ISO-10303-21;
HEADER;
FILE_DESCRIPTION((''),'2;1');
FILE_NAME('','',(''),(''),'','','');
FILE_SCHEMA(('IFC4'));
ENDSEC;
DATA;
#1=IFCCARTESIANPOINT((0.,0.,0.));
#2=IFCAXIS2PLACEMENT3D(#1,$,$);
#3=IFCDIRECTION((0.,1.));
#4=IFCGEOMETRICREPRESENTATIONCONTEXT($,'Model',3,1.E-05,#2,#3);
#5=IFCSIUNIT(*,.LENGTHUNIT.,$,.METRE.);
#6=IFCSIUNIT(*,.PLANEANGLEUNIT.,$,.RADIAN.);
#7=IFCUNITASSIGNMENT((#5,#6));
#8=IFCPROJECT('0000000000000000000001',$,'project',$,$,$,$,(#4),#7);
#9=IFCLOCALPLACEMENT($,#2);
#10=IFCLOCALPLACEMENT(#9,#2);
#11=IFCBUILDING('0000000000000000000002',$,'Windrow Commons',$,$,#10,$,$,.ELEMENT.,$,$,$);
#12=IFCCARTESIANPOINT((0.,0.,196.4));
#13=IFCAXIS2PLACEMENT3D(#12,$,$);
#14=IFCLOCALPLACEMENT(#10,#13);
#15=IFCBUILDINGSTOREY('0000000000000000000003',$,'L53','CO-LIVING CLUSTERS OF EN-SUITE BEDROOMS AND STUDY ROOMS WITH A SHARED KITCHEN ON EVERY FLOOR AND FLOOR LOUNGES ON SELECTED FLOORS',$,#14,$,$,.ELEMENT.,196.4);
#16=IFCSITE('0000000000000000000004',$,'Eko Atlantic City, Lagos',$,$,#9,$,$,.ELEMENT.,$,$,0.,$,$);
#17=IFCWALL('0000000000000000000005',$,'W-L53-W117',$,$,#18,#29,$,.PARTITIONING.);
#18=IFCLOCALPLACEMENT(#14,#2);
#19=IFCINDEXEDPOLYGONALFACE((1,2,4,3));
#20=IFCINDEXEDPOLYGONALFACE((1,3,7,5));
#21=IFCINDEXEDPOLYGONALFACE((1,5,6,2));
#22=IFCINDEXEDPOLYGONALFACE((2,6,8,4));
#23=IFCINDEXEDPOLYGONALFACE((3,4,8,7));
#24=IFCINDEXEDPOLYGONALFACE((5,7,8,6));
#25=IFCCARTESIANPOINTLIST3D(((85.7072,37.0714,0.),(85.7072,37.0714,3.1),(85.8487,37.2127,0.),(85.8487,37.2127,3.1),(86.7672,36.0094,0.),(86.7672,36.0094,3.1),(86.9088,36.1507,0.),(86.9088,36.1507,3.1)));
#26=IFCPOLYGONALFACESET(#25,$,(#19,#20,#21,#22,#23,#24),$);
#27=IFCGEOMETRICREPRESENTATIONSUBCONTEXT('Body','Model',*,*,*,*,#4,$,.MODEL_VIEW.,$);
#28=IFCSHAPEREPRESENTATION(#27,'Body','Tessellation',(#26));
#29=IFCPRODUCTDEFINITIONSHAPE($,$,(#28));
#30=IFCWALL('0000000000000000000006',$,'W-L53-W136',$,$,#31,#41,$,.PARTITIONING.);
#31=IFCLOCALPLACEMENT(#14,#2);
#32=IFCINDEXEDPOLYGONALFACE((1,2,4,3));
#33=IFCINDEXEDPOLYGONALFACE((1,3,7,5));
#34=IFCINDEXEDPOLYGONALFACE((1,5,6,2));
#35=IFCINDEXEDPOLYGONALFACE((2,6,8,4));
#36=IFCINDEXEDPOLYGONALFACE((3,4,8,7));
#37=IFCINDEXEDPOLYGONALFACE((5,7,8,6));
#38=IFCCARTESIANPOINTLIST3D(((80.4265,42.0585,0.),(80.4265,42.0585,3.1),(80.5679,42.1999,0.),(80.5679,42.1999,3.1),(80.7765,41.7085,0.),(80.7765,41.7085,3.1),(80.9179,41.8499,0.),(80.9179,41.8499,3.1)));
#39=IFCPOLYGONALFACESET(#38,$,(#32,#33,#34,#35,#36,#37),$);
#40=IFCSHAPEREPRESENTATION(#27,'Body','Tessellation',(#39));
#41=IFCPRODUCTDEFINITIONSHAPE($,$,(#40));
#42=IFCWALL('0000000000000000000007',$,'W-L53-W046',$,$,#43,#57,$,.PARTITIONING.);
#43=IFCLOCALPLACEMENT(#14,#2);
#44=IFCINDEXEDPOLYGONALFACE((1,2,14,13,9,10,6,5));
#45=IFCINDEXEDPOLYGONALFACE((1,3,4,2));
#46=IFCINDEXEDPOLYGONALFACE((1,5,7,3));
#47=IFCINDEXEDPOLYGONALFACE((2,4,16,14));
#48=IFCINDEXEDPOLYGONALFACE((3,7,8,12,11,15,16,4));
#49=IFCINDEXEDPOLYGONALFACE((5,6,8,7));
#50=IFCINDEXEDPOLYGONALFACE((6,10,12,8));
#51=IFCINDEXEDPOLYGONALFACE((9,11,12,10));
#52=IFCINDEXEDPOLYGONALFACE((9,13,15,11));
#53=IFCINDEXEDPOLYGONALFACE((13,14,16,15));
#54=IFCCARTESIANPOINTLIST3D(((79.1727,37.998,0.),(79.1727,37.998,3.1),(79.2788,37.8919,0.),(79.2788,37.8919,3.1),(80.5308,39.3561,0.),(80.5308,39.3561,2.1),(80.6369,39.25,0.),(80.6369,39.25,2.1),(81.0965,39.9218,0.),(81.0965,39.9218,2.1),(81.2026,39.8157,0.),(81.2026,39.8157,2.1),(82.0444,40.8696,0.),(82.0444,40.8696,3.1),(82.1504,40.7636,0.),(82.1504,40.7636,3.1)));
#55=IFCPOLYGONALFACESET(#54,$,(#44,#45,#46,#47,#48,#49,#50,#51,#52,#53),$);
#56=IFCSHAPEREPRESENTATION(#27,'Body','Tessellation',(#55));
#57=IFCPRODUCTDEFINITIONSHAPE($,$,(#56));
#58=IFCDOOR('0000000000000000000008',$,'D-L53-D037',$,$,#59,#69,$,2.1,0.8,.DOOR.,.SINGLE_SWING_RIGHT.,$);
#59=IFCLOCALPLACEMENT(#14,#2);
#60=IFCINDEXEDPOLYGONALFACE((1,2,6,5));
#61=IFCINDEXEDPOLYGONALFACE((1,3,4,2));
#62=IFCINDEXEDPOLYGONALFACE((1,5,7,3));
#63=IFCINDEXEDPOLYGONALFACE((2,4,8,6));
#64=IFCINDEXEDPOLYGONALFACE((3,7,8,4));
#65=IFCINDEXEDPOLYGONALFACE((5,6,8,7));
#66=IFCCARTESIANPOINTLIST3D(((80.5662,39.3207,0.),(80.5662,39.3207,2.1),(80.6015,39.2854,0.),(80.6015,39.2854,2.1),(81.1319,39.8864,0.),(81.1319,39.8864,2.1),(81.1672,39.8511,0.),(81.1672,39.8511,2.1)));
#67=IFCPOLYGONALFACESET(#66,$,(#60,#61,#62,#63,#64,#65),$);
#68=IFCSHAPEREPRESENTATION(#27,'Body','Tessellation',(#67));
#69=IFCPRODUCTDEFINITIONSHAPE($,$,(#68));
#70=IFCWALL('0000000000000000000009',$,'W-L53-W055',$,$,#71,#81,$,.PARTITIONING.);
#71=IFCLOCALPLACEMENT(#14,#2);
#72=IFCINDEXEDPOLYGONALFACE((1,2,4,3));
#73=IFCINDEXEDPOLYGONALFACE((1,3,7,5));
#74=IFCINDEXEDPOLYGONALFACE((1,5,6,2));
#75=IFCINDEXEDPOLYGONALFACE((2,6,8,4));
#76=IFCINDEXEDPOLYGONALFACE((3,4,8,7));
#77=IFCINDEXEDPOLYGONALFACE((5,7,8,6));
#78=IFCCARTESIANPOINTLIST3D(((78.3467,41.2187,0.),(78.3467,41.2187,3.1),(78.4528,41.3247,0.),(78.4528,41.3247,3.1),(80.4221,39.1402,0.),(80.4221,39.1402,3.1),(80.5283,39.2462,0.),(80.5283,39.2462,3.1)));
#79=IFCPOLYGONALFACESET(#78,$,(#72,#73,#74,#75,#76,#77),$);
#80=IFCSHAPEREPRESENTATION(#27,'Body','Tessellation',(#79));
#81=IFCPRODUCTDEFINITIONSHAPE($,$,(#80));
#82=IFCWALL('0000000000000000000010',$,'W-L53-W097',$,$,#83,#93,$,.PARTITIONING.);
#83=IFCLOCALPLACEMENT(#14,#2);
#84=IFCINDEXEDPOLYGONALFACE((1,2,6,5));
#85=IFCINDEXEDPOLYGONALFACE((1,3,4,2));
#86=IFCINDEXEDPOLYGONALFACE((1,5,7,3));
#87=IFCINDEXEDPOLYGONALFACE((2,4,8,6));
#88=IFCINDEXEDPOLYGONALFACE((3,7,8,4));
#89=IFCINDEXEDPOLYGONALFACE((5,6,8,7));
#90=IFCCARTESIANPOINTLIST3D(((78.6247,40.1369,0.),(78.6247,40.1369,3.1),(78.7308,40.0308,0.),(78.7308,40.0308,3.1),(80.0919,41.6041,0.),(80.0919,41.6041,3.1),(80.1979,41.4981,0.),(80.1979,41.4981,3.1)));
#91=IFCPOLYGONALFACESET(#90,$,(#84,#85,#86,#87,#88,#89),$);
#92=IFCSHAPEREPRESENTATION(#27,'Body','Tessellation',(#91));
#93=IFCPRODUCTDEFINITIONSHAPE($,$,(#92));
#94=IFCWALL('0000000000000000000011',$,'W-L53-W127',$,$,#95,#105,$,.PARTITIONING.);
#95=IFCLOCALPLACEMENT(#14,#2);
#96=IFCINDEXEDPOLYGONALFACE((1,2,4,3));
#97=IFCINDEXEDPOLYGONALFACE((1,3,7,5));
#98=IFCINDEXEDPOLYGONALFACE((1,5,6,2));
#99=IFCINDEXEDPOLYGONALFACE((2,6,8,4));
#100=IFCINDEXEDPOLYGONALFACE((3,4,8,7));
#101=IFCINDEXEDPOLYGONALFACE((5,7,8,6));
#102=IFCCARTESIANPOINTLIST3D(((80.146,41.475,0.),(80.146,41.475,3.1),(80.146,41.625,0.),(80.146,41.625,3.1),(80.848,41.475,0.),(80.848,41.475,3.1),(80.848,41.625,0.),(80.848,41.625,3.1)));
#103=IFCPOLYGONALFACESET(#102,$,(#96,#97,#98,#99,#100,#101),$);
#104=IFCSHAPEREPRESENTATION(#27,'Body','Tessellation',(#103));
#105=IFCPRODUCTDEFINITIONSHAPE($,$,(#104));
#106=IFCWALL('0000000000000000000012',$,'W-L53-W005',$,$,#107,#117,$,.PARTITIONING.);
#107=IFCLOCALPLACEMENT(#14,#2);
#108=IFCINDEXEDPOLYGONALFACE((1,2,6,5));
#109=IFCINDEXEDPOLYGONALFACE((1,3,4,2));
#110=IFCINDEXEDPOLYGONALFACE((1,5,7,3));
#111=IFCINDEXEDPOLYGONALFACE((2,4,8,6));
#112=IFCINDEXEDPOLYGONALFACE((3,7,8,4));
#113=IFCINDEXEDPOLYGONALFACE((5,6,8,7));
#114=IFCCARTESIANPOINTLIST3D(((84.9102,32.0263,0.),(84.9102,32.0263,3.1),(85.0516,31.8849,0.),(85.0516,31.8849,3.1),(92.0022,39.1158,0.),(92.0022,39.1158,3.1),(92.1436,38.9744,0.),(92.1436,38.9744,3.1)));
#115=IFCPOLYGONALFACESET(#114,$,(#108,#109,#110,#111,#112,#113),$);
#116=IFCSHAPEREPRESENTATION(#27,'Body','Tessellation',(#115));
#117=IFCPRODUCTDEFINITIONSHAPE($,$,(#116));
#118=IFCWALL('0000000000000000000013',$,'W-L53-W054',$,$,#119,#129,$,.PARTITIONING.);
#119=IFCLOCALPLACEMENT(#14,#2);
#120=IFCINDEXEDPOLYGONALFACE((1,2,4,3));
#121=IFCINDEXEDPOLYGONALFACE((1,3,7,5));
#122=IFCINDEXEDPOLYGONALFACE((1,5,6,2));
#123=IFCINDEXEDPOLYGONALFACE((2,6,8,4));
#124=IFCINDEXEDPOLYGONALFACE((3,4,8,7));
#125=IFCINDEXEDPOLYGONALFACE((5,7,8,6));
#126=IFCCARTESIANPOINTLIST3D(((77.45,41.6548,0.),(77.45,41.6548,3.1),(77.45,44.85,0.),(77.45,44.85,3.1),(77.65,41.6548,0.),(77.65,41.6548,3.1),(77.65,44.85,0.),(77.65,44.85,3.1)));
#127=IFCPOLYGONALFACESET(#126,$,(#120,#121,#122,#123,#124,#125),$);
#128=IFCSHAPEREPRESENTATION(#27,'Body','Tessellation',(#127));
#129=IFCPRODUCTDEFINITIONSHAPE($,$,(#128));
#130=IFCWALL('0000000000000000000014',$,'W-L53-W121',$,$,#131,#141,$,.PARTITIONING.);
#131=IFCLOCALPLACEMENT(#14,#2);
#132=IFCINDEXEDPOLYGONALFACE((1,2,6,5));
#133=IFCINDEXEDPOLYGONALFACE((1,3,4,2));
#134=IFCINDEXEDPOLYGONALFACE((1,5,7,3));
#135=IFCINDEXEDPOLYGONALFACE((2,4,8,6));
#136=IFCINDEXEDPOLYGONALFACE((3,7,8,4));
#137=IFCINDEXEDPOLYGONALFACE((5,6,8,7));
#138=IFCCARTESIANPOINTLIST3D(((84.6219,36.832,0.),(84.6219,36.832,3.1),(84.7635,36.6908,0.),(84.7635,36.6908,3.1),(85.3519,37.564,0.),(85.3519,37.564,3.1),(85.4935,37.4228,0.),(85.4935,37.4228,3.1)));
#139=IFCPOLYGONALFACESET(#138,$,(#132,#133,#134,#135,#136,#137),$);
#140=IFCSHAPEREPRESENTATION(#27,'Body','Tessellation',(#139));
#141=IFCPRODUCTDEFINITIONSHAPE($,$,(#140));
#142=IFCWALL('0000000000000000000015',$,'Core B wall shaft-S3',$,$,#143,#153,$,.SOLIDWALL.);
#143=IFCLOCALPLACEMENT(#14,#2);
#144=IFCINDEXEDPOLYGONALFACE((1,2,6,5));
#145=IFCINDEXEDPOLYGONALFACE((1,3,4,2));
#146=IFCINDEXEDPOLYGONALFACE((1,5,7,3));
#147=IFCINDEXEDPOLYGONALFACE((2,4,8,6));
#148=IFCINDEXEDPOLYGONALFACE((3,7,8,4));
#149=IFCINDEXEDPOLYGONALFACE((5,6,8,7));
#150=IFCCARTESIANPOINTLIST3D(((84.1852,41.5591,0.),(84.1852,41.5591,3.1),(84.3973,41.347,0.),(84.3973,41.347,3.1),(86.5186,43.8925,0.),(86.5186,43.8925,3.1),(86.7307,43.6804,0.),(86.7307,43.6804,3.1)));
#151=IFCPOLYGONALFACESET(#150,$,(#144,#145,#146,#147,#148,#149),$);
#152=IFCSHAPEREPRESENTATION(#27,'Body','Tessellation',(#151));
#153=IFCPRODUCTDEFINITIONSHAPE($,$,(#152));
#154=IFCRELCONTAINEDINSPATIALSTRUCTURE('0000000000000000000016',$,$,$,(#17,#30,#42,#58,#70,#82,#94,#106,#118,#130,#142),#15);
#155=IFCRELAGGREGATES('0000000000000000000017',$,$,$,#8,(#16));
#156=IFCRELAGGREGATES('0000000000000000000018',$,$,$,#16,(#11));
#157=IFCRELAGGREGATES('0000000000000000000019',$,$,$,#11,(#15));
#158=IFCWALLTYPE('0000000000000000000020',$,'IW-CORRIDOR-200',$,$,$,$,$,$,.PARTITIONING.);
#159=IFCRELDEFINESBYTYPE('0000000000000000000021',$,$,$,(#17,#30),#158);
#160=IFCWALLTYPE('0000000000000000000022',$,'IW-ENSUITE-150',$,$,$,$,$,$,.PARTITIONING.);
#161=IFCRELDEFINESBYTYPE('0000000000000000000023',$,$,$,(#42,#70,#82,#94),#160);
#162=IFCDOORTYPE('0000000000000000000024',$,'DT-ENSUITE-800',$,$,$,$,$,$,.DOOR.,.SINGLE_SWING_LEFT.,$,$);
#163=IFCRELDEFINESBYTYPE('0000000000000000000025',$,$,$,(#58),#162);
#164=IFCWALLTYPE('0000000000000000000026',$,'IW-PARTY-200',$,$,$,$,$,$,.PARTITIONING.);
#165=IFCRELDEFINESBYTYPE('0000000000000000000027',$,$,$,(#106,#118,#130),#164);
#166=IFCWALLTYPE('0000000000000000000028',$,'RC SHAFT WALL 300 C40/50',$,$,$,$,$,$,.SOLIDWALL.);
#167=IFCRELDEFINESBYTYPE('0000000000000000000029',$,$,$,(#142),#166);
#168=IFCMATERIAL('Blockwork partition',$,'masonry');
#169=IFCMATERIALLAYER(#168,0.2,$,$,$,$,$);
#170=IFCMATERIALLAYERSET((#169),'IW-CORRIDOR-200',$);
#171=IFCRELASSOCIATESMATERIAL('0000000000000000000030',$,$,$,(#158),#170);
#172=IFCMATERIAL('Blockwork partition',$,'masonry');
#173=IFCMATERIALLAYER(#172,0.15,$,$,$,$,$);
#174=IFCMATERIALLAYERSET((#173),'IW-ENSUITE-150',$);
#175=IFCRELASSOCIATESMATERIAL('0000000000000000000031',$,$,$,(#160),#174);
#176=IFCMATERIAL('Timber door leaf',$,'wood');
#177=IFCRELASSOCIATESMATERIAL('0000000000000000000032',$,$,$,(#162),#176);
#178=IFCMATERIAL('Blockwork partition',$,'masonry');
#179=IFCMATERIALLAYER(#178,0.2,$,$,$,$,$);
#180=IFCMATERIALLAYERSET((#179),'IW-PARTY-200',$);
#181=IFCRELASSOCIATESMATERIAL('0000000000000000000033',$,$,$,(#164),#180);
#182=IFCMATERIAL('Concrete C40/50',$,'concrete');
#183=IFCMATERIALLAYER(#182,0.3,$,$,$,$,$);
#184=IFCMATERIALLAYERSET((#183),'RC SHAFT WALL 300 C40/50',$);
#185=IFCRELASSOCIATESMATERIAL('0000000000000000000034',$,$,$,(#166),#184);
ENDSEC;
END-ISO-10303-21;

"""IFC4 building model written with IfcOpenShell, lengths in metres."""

from ifc_helpers import new_model, si_unit, direction, frame, frame_2d, origin, place, context, subcontext, project, spatial, rectangle, extrude, material, layer, layer_set, type_object, element, fill, save


model = new_model("IFC4")

# Units and contexts
model_context = context("Model", 3, precision=1e-05, world=origin(), true_north=direction((0.0, 1.0)))
body_context = subcontext(model_context, "Body", "Model", "MODEL_VIEW")
ifc_project = project(units=[si_unit("LENGTHUNIT", "METRE"), si_unit("PLANEANGLEUNIT", "RADIAN")], contexts=[model_context])

# Site, building, storey
site_placement = place(None, origin())
site = spatial("IfcSite", under=ifc_project, at=site_placement, Name="Eko Atlantic City, Lagos", CompositionType="ELEMENT", RefElevation=0.0)
building_placement = place(site_placement, origin())
building = spatial("IfcBuilding", under=site, at=building_placement, Name="Windrow Commons", CompositionType="ELEMENT")
storey_placement = place(building_placement, frame((0.0, 0.0, 196.4)))
storey = spatial("IfcBuildingStorey", under=building, at=storey_placement, Name="L53", Description="CO-LIVING CLUSTERS OF EN-SUITE BEDROOMS AND STUDY ROOMS WITH A SHARED KITCHEN ON EVERY FLOOR AND FLOOR LOUNGES ON SELECTED FLOORS", CompositionType="ELEMENT", Elevation=196.4)

# Shared definitions
ifc_material_1 = material(Name="Blockwork partition", Category="masonry")
ifc_layer_1 = layer(ifc_material_1, 0.2)
ifc_layer_set_1 = layer_set([ifc_layer_1], Name="IW-CORRIDOR-200")
wall_type_1 = type_object("IfcWallType", Name="IW-CORRIDOR-200", PredefinedType="PARTITIONING", material=ifc_layer_set_1)

# Walls
wall_1_placement = place(storey_placement, frame((85.778, 37.142, 0.0), z_axis=(0.0, 0.0, 1.0), x_axis=(0.70644, -0.707773, 0.0)))
element("IfcWall", 1, at=wall_1_placement, inside=storey, type_object=wall_type_1, Name="W-L53-W117", PredefinedType="PARTITIONING", context=body_context, shape_type="SweptSolid", body=[
    extrude(rectangle(XDim=1.5005, YDim=0.2, at=frame_2d((0.7502, 0.0))), origin(), (0.0, 0.0, 1.0), 3.1),
])
wall_2_placement = place(storey_placement, frame((80.4972, 42.1292, 0.0), z_axis=(0.0, 0.0, 1.0), x_axis=(0.707107, -0.707107, 0.0)))
element("IfcWall", 2, at=wall_2_placement, inside=storey, type_object=wall_type_1, Name="W-L53-W136", PredefinedType="PARTITIONING", context=body_context, shape_type="SweptSolid", body=[
    extrude(rectangle(XDim=0.495, YDim=0.2, at=frame_2d((0.2475, 0.0))), origin(), (0.0, 0.0, 1.0), 3.1),
])

# Wall, opening, door
ifc_material_2 = material(Name="Blockwork partition", Category="masonry")
ifc_layer_2 = layer(ifc_material_2, 0.15)
ifc_layer_set_2 = layer_set([ifc_layer_2], Name="IW-ENSUITE-150")
wall_type_2 = type_object("IfcWallType", Name="IW-ENSUITE-150", PredefinedType="PARTITIONING", material=ifc_layer_set_2)
wall_3_placement = place(storey_placement, frame((79.2258, 37.945, 0.0), z_axis=(0.0, 0.0, 1.0), x_axis=(0.707107, 0.707107, 0.0)))
wall_3 = element("IfcWall", 3, at=wall_3_placement, inside=storey, type_object=wall_type_2, Name="W-L53-W046", PredefinedType="PARTITIONING", context=body_context, shape_type="SweptSolid", body=[
    extrude(rectangle(XDim=4.0611, YDim=0.15, at=frame_2d((2.0305, 0.0))), origin(), (0.0, 0.0, 1.0), 3.1),
])
opening_1_placement = place(wall_3_placement, frame((1.9206, 0.0, 0.0)))
opening_1 = element("IfcOpeningElement", 4, at=opening_1_placement, cuts=wall_3, PredefinedType="OPENING", context=body_context, shape_type="SweptSolid", body=[
    extrude(rectangle(XDim=0.8, YDim=2.1, at=frame_2d((0.4, 1.05))), frame((0.0, 0.085, 0.0), z_axis=(0.0, -1.0, 0.0), x_axis=(1.0, 0.0, 0.0)), (0.0, 0.0, 1.0), 0.17),
])
ifc_material_3 = material(Name="Timber door leaf", Category="wood")
door_type_1 = type_object("IfcDoorType", Name="DT-ENSUITE-800", OperationType="SINGLE_SWING_LEFT", PredefinedType="DOOR", material=ifc_material_3)
door_1_placement = place(opening_1_placement, origin())
door_1 = element("IfcDoor", 5, at=door_1_placement, inside=storey, type_object=door_type_1, Name="D-L53-D037", OperationType="SINGLE_SWING_RIGHT", OverallHeight=2.1, OverallWidth=0.8, PredefinedType="DOOR", context=body_context, shape_type="SweptSolid", body=[
    extrude(rectangle(XDim=0.8, YDim=2.1, at=frame_2d((0.4, 1.05))), frame((0.0, 0.025, 0.0), z_axis=(0.0, -1.0, 0.0), x_axis=(1.0, 0.0, 0.0)), (0.0, 0.0, 1.0), 0.05),
])
fill(opening_1, door_1)

# Walls
wall_4_placement = place(storey_placement, frame((78.3997, 41.2717, 0.0), z_axis=(0.0, 0.0, 1.0), x_axis=(0.706596, -0.707617, 0.0)))
element("IfcWall", 6, at=wall_4_placement, inside=storey, type_object=wall_type_2, Name="W-L53-W055", PredefinedType="PARTITIONING", context=body_context, shape_type="SweptSolid", body=[
    extrude(rectangle(XDim=2.9373, YDim=0.15, at=frame_2d((1.4687, 0.0))), origin(), (0.0, 0.0, 1.0), 3.1),
])
wall_5_placement = place(storey_placement, frame((78.6778, 40.0839, 0.0), z_axis=(0.0, 0.0, 1.0), x_axis=(0.707083, 0.707131, 0.0)))
element("IfcWall", 7, at=wall_5_placement, inside=storey, type_object=wall_type_2, Name="W-L53-W097", PredefinedType="PARTITIONING", context=body_context, shape_type="SweptSolid", body=[
    extrude(rectangle(XDim=2.0749, YDim=0.15, at=frame_2d((1.0374, 0.0))), origin(), (0.0, 0.0, 1.0), 3.1),
])
wall_6_placement = place(storey_placement, frame((80.146, 41.55, 0.0), z_axis=(0.0, 0.0, 1.0), x_axis=(1.0, 0.0, 0.0)))
element("IfcWall", 8, at=wall_6_placement, inside=storey, type_object=wall_type_2, Name="W-L53-W127", PredefinedType="PARTITIONING", context=body_context, shape_type="SweptSolid", body=[
    extrude(rectangle(XDim=0.702, YDim=0.15, at=frame_2d((0.351, 0.0))), origin(), (0.0, 0.0, 1.0), 3.1),
])
ifc_material_4 = material(Name="Blockwork partition", Category="masonry")
ifc_layer_3 = layer(ifc_material_4, 0.2)
ifc_layer_set_3 = layer_set([ifc_layer_3], Name="IW-PARTY-200")
wall_type_3 = type_object("IfcWallType", Name="IW-PARTY-200", PredefinedType="PARTITIONING", material=ifc_layer_set_3)
wall_7_placement = place(storey_placement, frame((84.9809, 31.9556, 0.0), z_axis=(0.0, 0.0, 1.0), x_axis=(0.707231, 0.706982, 0.0)))
element("IfcWall", 9, at=wall_7_placement, inside=storey, type_object=wall_type_3, Name="W-L53-W005", PredefinedType="PARTITIONING", context=body_context, shape_type="SweptSolid", body=[
    extrude(rectangle(XDim=10.0278, YDim=0.2, at=frame_2d((5.0139, 0.0))), origin(), (0.0, 0.0, 1.0), 3.1),
])
wall_8_placement = place(storey_placement, frame((77.55, 41.6548, 0.0), z_axis=(0.0, 0.0, 1.0), x_axis=(0.0, 1.0, 0.0)))
element("IfcWall", 10, at=wall_8_placement, inside=storey, type_object=wall_type_3, Name="W-L53-W054", PredefinedType="PARTITIONING", context=body_context, shape_type="SweptSolid", body=[
    extrude(rectangle(XDim=3.1952, YDim=0.2, at=frame_2d((1.5976, 0.0))), origin(), (0.0, 0.0, 1.0), 3.1),
])
wall_9_placement = place(storey_placement, frame((84.6927, 36.7614, 0.0), z_axis=(0.0, 0.0, 1.0), x_axis=(0.706139, 0.708073, 0.0)))
element("IfcWall", 11, at=wall_9_placement, inside=storey, type_object=wall_type_3, Name="W-L53-W121", PredefinedType="PARTITIONING", context=body_context, shape_type="SweptSolid", body=[
    extrude(rectangle(XDim=1.0338, YDim=0.2, at=frame_2d((0.5169, 0.0))), origin(), (0.0, 0.0, 1.0), 3.1),
])
ifc_material_5 = material(Name="Concrete C40/50", Category="concrete")
ifc_layer_4 = layer(ifc_material_5, 0.3)
ifc_layer_set_4 = layer_set([ifc_layer_4], Name="RC SHAFT WALL 300 C40/50")
wall_type_4 = type_object("IfcWallType", Name="RC SHAFT WALL 300 C40/50", PredefinedType="SOLIDWALL", material=ifc_layer_set_4)
wall_10_placement = place(storey_placement, frame((84.2912, 41.453, 0.0), z_axis=(0.0, 0.0, 1.0), x_axis=(0.707107, 0.707107, 0.0)))
element("IfcWall", 12, at=wall_10_placement, inside=storey, type_object=wall_type_4, Name="Core B wall shaft-S3", PredefinedType="SOLIDWALL", context=body_context, shape_type="SweptSolid", body=[
    extrude(rectangle(XDim=3.2999, YDim=0.3, at=frame_2d((1.65, 0.0))), origin(), (0.0, 0.0, 1.0), 3.1),
])

save(model, "model.ifc")
